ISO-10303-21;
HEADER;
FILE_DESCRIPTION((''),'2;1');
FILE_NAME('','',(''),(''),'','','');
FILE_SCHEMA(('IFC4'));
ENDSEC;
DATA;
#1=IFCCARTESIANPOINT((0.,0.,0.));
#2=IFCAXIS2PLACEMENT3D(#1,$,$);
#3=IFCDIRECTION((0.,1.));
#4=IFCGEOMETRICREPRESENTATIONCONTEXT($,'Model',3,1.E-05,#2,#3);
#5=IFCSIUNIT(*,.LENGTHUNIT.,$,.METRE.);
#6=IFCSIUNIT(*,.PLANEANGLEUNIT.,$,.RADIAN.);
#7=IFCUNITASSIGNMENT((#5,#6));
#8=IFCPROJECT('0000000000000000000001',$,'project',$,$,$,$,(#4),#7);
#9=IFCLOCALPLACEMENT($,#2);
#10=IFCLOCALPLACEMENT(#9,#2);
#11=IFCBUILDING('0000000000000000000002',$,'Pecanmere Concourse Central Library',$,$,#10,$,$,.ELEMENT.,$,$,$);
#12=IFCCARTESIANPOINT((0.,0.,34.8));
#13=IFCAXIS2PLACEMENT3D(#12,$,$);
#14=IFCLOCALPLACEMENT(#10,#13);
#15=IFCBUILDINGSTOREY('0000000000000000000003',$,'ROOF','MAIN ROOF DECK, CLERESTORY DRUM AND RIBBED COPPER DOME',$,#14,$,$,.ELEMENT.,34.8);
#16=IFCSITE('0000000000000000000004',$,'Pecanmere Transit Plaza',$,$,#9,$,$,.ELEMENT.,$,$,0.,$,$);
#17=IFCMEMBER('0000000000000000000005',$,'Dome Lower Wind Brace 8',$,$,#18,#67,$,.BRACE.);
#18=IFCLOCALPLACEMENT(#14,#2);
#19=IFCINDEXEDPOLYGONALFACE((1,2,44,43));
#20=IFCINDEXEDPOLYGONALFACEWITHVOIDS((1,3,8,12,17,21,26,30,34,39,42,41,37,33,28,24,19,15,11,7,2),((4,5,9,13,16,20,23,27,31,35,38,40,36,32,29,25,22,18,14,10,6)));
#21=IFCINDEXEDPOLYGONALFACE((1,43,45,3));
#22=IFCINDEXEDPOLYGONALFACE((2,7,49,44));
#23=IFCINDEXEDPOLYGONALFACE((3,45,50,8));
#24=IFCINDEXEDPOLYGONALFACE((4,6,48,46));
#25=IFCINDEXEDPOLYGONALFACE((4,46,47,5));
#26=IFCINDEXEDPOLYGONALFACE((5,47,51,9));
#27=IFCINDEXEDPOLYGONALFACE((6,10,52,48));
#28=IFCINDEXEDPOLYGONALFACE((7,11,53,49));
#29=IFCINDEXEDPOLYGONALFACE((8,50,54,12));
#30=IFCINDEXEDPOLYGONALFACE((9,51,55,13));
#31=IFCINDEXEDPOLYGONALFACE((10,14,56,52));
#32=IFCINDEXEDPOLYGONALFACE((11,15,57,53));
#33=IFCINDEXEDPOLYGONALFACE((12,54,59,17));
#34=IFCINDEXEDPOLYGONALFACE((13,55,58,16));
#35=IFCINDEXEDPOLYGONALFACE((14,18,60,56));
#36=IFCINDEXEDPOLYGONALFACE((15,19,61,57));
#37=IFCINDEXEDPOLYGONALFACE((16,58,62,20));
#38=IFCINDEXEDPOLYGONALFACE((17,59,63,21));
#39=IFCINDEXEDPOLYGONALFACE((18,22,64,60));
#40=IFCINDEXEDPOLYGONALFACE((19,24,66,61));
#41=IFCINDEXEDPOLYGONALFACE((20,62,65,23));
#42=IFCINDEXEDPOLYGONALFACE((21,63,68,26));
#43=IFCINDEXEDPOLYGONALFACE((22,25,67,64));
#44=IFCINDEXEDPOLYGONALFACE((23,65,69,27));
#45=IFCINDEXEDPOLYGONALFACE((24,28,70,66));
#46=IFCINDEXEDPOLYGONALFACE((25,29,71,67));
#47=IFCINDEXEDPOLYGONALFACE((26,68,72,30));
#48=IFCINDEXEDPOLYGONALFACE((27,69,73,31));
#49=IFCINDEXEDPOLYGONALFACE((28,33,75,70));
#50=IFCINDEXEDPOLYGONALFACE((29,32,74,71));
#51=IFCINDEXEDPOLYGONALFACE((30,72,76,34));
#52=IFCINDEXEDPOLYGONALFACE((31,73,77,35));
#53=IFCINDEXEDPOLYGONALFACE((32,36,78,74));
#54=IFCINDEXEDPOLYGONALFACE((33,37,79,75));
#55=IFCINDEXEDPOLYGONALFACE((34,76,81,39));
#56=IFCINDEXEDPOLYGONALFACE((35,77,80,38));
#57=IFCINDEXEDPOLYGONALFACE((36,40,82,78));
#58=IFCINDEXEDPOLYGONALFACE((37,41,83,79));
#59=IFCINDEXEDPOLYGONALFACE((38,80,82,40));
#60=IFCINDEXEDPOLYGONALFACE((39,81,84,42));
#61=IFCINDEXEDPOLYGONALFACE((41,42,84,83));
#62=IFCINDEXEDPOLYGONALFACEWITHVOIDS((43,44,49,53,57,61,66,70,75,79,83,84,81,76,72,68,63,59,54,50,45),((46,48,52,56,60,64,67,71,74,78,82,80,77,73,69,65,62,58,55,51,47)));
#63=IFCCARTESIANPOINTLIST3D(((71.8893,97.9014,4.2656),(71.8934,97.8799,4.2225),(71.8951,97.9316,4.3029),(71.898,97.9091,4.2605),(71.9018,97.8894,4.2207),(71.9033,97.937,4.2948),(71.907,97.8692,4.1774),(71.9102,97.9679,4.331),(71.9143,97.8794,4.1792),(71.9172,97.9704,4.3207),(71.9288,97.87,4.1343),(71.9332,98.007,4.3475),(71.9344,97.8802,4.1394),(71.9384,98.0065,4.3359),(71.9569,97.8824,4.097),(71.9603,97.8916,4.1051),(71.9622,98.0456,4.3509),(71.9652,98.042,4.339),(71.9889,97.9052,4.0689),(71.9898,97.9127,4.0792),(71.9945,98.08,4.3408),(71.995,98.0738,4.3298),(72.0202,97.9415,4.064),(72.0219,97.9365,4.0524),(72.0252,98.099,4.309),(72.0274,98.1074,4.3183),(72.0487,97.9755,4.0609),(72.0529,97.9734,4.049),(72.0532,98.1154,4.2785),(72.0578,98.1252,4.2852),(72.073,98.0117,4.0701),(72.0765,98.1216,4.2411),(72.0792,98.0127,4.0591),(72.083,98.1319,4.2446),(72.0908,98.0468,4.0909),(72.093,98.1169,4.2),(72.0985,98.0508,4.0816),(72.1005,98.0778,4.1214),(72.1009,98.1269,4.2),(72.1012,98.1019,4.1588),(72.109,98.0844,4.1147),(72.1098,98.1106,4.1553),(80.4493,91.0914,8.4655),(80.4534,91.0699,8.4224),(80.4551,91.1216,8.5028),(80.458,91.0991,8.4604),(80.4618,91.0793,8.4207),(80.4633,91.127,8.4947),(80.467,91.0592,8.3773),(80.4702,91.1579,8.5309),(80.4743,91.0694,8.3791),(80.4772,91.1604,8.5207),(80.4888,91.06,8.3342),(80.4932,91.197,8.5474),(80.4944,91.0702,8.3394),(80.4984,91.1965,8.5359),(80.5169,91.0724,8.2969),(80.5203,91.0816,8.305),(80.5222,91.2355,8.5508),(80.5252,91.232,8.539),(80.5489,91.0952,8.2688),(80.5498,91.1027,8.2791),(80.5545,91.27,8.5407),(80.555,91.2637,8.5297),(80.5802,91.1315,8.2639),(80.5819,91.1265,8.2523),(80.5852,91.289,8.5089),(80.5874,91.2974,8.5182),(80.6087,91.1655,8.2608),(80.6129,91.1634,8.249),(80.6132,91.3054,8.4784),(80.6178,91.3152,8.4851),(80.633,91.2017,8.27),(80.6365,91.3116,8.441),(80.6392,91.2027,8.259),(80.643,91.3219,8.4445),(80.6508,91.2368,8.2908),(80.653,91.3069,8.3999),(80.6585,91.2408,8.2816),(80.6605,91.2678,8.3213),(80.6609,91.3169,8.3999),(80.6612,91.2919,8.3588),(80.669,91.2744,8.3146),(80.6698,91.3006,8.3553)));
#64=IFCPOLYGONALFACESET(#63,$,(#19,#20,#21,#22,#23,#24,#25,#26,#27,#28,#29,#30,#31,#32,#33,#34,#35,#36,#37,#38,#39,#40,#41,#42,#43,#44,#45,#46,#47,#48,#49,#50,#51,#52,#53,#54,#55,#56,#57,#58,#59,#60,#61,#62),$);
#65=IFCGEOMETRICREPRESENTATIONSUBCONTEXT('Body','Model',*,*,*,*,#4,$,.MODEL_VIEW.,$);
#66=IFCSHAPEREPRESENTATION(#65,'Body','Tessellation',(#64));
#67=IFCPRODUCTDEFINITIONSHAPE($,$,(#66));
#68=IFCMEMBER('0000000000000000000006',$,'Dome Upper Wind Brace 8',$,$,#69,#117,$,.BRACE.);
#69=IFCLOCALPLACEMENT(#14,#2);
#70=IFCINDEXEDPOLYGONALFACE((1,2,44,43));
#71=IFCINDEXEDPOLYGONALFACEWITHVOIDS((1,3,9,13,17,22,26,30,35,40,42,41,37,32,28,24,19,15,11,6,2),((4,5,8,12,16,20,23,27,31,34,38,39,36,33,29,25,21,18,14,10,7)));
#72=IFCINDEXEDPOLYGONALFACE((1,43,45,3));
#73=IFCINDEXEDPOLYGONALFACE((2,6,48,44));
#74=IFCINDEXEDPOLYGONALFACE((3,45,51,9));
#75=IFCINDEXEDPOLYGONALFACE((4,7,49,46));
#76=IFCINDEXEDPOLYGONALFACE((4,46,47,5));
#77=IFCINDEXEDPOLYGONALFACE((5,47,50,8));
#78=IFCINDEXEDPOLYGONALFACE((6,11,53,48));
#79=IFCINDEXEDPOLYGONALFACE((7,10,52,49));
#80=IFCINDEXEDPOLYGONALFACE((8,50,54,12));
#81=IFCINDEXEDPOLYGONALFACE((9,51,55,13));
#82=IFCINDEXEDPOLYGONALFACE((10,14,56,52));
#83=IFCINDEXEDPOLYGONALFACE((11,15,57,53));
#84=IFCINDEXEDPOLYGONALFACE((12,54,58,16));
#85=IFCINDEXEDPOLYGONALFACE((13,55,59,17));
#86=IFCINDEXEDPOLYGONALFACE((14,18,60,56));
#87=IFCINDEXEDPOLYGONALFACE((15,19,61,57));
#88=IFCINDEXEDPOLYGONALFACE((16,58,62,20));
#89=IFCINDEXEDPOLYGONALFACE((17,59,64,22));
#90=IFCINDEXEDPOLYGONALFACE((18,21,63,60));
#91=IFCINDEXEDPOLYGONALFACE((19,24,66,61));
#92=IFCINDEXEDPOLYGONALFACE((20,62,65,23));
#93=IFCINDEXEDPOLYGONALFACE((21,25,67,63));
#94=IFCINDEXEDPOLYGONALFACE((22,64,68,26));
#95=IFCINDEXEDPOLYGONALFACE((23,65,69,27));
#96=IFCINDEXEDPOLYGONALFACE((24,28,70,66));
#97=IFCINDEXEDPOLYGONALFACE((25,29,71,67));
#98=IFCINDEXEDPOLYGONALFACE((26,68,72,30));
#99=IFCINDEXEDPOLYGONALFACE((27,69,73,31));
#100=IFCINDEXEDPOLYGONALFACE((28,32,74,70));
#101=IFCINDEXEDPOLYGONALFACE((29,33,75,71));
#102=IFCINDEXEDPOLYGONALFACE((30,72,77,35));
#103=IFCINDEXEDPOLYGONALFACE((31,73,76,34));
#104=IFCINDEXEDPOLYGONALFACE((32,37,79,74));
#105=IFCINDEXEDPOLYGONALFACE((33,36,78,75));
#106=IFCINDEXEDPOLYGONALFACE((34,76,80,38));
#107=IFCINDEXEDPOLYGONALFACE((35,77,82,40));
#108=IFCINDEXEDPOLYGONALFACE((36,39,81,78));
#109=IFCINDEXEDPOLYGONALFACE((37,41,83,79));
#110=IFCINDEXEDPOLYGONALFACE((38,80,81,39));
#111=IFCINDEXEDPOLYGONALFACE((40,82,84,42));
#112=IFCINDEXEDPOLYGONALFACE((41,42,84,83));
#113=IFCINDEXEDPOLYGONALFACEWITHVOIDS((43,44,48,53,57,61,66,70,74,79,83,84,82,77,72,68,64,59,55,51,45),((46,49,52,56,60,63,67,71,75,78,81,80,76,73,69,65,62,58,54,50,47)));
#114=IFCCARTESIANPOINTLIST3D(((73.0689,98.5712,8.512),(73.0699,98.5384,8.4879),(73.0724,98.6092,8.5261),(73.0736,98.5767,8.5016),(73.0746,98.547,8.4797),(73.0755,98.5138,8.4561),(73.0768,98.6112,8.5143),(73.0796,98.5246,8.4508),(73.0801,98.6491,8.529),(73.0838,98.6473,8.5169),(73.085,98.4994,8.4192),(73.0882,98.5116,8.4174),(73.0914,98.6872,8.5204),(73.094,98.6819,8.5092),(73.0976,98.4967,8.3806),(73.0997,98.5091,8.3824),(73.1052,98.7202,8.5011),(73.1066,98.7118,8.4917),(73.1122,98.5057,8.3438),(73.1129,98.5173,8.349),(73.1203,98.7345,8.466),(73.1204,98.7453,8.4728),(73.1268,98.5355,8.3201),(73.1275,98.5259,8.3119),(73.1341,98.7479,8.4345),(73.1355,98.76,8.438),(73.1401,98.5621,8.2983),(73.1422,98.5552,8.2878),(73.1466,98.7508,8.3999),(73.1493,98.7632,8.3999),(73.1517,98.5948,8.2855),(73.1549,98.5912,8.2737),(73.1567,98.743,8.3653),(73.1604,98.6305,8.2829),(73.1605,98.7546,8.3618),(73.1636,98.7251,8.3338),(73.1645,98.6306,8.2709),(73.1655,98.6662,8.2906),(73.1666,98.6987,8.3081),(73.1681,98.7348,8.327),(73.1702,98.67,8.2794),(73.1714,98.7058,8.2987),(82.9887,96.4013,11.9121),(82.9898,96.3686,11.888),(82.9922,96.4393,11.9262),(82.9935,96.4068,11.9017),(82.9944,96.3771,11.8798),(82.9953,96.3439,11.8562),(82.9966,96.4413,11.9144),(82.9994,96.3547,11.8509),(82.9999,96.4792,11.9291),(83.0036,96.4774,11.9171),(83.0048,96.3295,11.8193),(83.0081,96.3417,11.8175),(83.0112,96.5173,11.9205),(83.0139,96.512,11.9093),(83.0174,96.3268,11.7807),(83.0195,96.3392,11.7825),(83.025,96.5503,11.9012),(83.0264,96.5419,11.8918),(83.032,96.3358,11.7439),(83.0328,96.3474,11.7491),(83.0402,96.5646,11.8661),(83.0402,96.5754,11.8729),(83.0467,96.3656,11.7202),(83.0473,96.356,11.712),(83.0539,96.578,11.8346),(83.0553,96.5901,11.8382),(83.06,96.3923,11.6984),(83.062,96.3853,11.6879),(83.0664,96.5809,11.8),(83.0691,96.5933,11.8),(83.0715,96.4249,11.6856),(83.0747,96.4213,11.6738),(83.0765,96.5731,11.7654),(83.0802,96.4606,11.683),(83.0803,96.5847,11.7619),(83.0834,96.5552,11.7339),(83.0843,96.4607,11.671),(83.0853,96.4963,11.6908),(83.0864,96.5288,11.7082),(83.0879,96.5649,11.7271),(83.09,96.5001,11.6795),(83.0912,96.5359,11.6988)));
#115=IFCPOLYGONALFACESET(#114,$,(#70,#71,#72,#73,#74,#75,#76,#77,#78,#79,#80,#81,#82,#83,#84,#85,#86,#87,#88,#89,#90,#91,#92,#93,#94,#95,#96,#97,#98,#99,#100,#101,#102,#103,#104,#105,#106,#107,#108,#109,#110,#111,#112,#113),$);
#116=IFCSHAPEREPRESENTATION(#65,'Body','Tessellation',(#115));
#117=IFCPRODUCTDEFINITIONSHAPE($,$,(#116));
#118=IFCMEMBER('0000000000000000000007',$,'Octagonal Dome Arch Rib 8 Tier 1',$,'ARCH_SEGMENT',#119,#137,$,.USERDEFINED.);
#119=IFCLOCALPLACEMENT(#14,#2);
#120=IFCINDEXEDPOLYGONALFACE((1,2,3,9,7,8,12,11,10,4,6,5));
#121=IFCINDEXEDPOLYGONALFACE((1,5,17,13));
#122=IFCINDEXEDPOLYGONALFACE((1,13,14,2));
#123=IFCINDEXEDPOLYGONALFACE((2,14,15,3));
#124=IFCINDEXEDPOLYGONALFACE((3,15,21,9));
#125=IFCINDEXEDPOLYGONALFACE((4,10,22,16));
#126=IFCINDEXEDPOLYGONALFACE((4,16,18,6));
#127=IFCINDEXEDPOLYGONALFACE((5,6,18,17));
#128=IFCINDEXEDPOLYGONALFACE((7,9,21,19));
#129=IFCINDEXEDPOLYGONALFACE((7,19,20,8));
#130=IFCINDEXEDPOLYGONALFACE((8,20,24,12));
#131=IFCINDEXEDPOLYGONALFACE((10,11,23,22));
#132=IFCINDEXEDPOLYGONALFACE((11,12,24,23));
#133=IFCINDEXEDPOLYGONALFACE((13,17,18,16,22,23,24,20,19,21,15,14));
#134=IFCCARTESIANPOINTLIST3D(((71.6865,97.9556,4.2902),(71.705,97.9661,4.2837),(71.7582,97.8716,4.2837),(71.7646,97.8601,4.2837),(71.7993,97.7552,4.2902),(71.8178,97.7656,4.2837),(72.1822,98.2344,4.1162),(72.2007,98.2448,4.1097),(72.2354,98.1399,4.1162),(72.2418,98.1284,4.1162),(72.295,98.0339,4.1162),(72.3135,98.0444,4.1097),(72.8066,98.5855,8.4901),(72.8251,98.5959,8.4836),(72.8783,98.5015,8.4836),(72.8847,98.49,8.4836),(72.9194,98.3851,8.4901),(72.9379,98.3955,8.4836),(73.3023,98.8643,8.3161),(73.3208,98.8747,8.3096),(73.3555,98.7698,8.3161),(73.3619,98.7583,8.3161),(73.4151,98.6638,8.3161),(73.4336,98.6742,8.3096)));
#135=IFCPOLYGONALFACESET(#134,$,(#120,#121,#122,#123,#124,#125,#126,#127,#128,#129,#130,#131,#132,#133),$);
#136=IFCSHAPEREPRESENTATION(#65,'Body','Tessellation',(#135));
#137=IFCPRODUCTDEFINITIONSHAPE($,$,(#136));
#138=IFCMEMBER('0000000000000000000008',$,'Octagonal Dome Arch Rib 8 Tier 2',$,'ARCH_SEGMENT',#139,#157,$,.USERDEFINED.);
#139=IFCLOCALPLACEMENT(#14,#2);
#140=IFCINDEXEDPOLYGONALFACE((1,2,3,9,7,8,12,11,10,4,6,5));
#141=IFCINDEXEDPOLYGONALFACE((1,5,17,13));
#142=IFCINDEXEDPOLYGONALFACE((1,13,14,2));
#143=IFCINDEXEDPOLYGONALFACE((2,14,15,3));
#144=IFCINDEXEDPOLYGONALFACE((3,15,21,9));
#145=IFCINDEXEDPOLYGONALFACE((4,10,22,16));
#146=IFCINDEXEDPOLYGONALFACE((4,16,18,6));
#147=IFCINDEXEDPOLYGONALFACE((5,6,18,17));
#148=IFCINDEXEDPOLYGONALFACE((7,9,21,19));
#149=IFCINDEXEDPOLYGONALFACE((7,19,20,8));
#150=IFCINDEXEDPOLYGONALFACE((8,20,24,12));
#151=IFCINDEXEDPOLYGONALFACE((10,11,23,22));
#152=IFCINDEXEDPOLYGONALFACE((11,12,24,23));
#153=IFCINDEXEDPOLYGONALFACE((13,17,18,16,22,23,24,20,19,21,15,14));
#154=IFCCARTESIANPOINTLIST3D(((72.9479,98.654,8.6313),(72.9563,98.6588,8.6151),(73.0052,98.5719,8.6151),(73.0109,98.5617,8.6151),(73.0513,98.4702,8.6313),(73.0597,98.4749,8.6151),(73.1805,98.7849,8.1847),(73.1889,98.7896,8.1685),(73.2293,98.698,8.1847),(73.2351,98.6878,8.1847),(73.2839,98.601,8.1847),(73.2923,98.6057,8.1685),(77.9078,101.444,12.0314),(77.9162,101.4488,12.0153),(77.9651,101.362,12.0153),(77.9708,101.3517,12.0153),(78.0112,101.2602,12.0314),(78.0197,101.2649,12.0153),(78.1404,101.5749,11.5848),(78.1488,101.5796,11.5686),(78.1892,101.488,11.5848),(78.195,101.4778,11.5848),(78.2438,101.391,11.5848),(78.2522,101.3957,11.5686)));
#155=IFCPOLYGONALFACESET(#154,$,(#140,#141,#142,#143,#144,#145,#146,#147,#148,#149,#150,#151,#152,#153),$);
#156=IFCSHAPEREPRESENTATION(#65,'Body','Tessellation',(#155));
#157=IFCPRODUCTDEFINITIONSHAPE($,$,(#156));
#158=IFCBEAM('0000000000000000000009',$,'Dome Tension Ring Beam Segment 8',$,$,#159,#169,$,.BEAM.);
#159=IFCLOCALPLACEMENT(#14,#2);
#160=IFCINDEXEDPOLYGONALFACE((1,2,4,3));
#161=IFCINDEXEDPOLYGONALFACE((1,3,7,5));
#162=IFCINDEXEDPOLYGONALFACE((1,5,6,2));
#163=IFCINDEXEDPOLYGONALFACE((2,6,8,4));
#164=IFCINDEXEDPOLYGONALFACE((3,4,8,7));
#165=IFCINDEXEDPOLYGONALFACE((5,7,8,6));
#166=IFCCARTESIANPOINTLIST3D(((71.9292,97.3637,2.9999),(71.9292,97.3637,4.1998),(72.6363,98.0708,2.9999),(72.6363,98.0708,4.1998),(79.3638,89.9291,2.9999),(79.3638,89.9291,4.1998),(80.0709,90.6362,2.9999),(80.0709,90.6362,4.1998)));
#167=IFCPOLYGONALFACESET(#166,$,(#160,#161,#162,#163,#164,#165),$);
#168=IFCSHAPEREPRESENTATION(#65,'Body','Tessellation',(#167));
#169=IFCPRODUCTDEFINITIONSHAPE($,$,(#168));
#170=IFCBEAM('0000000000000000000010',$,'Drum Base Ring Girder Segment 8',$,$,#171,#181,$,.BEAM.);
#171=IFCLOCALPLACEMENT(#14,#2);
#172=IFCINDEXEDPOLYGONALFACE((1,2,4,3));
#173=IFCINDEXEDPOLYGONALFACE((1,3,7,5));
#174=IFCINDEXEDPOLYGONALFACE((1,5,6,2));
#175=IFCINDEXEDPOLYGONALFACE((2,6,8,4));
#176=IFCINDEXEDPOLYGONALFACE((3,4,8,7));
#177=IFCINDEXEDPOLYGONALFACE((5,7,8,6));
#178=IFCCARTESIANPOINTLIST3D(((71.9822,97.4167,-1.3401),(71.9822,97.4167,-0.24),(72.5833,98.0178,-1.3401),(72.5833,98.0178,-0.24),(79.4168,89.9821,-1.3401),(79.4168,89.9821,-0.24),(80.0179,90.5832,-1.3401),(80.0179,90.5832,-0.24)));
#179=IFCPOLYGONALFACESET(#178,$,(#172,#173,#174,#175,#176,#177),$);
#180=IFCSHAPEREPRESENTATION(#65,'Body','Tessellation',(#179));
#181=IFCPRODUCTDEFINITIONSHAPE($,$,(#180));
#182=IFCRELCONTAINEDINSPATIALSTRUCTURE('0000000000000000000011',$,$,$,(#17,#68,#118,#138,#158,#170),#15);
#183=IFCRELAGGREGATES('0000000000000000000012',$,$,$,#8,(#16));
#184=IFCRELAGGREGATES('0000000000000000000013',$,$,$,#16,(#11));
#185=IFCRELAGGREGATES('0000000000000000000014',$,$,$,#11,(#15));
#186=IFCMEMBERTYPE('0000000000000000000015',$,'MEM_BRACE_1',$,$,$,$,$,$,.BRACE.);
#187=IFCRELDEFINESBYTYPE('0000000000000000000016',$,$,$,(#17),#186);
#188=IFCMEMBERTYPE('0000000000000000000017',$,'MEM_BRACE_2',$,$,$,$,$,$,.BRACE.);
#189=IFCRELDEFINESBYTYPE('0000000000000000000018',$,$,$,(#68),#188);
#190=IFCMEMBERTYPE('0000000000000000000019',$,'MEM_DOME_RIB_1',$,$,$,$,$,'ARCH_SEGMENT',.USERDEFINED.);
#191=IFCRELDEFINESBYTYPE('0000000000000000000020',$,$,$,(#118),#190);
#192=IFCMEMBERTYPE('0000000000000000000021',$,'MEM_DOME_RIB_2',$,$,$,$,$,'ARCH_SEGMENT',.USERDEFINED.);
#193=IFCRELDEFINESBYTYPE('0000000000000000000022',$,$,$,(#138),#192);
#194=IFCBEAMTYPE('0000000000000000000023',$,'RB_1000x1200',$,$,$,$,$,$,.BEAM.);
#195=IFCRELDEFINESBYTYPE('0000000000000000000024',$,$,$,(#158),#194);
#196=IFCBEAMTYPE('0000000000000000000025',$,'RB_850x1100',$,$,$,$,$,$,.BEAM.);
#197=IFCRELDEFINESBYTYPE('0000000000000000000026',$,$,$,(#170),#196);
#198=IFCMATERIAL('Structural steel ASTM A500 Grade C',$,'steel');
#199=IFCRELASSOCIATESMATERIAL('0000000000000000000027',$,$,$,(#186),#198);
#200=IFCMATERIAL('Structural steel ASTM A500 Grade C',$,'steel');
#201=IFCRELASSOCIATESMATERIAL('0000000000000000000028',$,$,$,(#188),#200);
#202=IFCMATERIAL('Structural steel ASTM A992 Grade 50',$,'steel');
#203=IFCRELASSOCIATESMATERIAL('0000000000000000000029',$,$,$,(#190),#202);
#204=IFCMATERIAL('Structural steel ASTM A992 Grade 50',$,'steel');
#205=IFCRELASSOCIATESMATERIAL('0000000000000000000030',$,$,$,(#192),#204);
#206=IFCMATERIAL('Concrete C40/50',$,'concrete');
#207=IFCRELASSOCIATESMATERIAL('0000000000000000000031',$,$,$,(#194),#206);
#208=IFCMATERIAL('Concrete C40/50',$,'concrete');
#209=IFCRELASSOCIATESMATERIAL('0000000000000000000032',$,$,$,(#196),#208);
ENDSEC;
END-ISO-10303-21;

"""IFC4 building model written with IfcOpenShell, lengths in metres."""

from ifc_helpers import new_model, si_unit, direction, frame, origin, origin_2d, place, context, subcontext, project, spatial, rectangle, hollow_circle, i_section, extrude, material, material_profile, profile_set, type_object, element, save


model = new_model("IFC4")

# Units and contexts
model_context = context("Model", 3, precision=1e-05, world=origin(), true_north=direction((0.0, 1.0)))
body_context = subcontext(model_context, "Body", "Model", "MODEL_VIEW")
ifc_project = project(units=[si_unit("LENGTHUNIT", "METRE"), si_unit("PLANEANGLEUNIT", "RADIAN")], contexts=[model_context])

# Site, building, storey
site_placement = place(None, origin())
site = spatial("IfcSite", under=ifc_project, at=site_placement, Name="Pecanmere Transit Plaza", CompositionType="ELEMENT", RefElevation=0.0)
building_placement = place(site_placement, origin())
building = spatial("IfcBuilding", under=site, at=building_placement, Name="Pecanmere Concourse Central Library", CompositionType="ELEMENT")
storey_placement = place(building_placement, frame((0.0, 0.0, 34.8)))
storey = spatial("IfcBuildingStorey", under=building, at=storey_placement, Name="ROOF", Description="MAIN ROOF DECK, CLERESTORY DRUM AND RIBBED COPPER DOME", CompositionType="ELEMENT", Elevation=34.8)

# Members
ifc_material_1 = material(Name="Structural steel ASTM A500 Grade C", Category="steel")
ifc_material_profile_1 = material_profile(ifc_material_1, hollow_circle(Radius=0.1621, WallThickness=0.0127, at=origin_2d()), Name="HSS323.9x12.7")
ifc_profile_set_1 = profile_set([ifc_material_profile_1], Name="Structural steel ASTM A500 Grade C")
member_type_1 = type_object("IfcMemberType", Name="MEM_BRACE_1", PredefinedType="BRACE", material=ifc_profile_set_1)
member_1_placement = place(storey_placement, frame((72.0, 98.0, 4.2), z_axis=(0.730559, -0.581205, 0.358445), x_axis=(0.622575, 0.78256, 0.0)))
element("IfcMember", 1, at=member_1_placement, inside=storey, type_object=member_type_1, Name="Dome Lower Wind Brace 8", PredefinedType="BRACE", context=body_context, shape_type="SweptSolid", body=[
    extrude(hollow_circle(Radius=0.1621, WallThickness=0.0127, at=origin_2d()), origin(), (0.0, 0.0, 1.0), 11.717),
])
ifc_material_2 = material(Name="Structural steel ASTM A500 Grade C", Category="steel")
ifc_material_profile_2 = material_profile(ifc_material_2, hollow_circle(Radius=0.1365, WallThickness=0.0127, at=origin_2d()), Name="HSS273.1x12.7")
ifc_profile_set_2 = profile_set([ifc_material_profile_2], Name="Structural steel ASTM A500 Grade C")
member_type_2 = type_object("IfcMemberType", Name="MEM_BRACE_2", PredefinedType="BRACE", material=ifc_profile_set_2)
member_2_placement = place(storey_placement, frame((73.1201, 98.6299, 8.3999), z_axis=(0.92635, -0.202633, 0.317515), x_axis=(0.213691, 0.976901, 0.0)))
element("IfcMember", 2, at=member_2_placement, inside=storey, type_object=member_type_2, Name="Dome Upper Wind Brace 8", PredefinedType="BRACE", context=body_context, shape_type="SweptSolid", body=[
    extrude(hollow_circle(Radius=0.1365, WallThickness=0.0127, at=origin_2d()), origin(), (0.0, 0.0, 1.0), 10.7085),
])
ifc_material_3 = material(Name="Structural steel ASTM A992 Grade 50", Category="steel")
ifc_material_profile_3 = material_profile(ifc_material_3, i_section(OverallWidth=0.23, OverallDepth=0.6169, WebThickness=0.0132, FlangeThickness=0.0222, at=origin_2d()), Name="W610x140")
ifc_profile_set_3 = profile_set([ifc_material_profile_3], Name="Structural steel ASTM A992 Grade 50")
member_type_3 = type_object("IfcMemberType", Name="MEM_DOME_RIB_1", ElementType="ARCH_SEGMENT", PredefinedType="USERDEFINED", material=ifc_profile_set_3)
member_3_placement = place(storey_placement, frame((72.0, 98.0, 4.2), z_axis=(0.255027, 0.143411, 0.95624), x_axis=(-0.490153, 0.871636, 0.0)))
element("IfcMember", 3, at=member_3_placement, inside=storey, type_object=member_type_3, Name="Octagonal Dome Arch Rib 8 Tier 1", ObjectType="ARCH_SEGMENT", PredefinedType="USERDEFINED", context=body_context, shape_type="SweptSolid", body=[
    extrude(i_section(OverallWidth=0.23, OverallDepth=0.6169, WebThickness=0.0132, FlangeThickness=0.0222, at=origin_2d()), origin(), (0.0, 0.0, 1.0), 4.3921),
])
ifc_material_4 = material(Name="Structural steel ASTM A992 Grade 50", Category="steel")
ifc_material_profile_4 = material_profile(ifc_material_4, i_section(OverallWidth=0.2109, OverallDepth=0.5391, WebThickness=0.0117, FlangeThickness=0.0188, at=origin_2d()), Name="W530x109")
ifc_profile_set_4 = profile_set([ifc_material_profile_4], Name="Structural steel ASTM A992 Grade 50")
member_type_4 = type_object("IfcMemberType", Name="MEM_DOME_RIB_2", ElementType="ARCH_SEGMENT", PredefinedType="USERDEFINED", material=ifc_profile_set_4)
member_4_placement = place(storey_placement, frame((73.1201, 98.6299, 8.3999), z_axis=(0.748197, 0.42087, 0.512903), x_axis=(-0.490269, 0.871571, 0.0)))
element("IfcMember", 4, at=member_4_placement, inside=storey, type_object=member_type_4, Name="Octagonal Dome Arch Rib 8 Tier 2", ObjectType="ARCH_SEGMENT", PredefinedType="USERDEFINED", context=body_context, shape_type="SweptSolid", body=[
    extrude(i_section(OverallWidth=0.2109, OverallDepth=0.5391, WebThickness=0.0117, FlangeThickness=0.0188, at=origin_2d()), origin(), (0.0, 0.0, 1.0), 6.6292),
])

# Beams
ifc_material_5 = material(Name="Concrete C40/50", Category="concrete")
ifc_material_profile_5 = material_profile(ifc_material_5, rectangle(XDim=1.0, YDim=1.2, at=origin_2d()), Name="RC 1000x1200")
ifc_profile_set_5 = profile_set([ifc_material_profile_5], Name="Concrete C40/50")
beam_type_1 = type_object("IfcBeamType", Name="RB_1000x1200", PredefinedType="BEAM", material=ifc_profile_set_5)
beam_1_placement = place(storey_placement, frame((72.2827, 97.7173, 3.5999), z_axis=(0.707107, -0.707107, 0.0), x_axis=(0.707107, 0.707107, 0.0)))
element("IfcBeam", 5, at=beam_1_placement, inside=storey, type_object=beam_type_1, Name="Dome Tension Ring Beam Segment 8", PredefinedType="BEAM", context=body_context, shape_type="SweptSolid", body=[
    extrude(rectangle(XDim=1.0, YDim=1.2, at=origin_2d()), origin(), (0.0, 0.0, 1.0), 10.5142),
])
ifc_material_6 = material(Name="Concrete C40/50", Category="concrete")
ifc_material_profile_6 = material_profile(ifc_material_6, rectangle(XDim=0.8501, YDim=1.1001, at=origin_2d()), Name="RC 850x1100")
ifc_profile_set_6 = profile_set([ifc_material_profile_6], Name="Concrete C40/50")
beam_type_2 = type_object("IfcBeamType", Name="RB_850x1100", PredefinedType="BEAM", material=ifc_profile_set_6)
beam_2_placement = place(storey_placement, frame((72.2827, 97.7173, -0.79), z_axis=(0.707107, -0.707107, 0.0), x_axis=(0.707107, 0.707107, 0.0)))
element("IfcBeam", 6, at=beam_2_placement, inside=storey, type_object=beam_type_2, Name="Drum Base Ring Girder Segment 8", PredefinedType="BEAM", context=body_context, shape_type="SweptSolid", body=[
    extrude(rectangle(XDim=0.8501, YDim=1.1001, at=origin_2d()), origin(), (0.0, 0.0, 1.0), 10.5142),
])

save(model, "model.ifc")
